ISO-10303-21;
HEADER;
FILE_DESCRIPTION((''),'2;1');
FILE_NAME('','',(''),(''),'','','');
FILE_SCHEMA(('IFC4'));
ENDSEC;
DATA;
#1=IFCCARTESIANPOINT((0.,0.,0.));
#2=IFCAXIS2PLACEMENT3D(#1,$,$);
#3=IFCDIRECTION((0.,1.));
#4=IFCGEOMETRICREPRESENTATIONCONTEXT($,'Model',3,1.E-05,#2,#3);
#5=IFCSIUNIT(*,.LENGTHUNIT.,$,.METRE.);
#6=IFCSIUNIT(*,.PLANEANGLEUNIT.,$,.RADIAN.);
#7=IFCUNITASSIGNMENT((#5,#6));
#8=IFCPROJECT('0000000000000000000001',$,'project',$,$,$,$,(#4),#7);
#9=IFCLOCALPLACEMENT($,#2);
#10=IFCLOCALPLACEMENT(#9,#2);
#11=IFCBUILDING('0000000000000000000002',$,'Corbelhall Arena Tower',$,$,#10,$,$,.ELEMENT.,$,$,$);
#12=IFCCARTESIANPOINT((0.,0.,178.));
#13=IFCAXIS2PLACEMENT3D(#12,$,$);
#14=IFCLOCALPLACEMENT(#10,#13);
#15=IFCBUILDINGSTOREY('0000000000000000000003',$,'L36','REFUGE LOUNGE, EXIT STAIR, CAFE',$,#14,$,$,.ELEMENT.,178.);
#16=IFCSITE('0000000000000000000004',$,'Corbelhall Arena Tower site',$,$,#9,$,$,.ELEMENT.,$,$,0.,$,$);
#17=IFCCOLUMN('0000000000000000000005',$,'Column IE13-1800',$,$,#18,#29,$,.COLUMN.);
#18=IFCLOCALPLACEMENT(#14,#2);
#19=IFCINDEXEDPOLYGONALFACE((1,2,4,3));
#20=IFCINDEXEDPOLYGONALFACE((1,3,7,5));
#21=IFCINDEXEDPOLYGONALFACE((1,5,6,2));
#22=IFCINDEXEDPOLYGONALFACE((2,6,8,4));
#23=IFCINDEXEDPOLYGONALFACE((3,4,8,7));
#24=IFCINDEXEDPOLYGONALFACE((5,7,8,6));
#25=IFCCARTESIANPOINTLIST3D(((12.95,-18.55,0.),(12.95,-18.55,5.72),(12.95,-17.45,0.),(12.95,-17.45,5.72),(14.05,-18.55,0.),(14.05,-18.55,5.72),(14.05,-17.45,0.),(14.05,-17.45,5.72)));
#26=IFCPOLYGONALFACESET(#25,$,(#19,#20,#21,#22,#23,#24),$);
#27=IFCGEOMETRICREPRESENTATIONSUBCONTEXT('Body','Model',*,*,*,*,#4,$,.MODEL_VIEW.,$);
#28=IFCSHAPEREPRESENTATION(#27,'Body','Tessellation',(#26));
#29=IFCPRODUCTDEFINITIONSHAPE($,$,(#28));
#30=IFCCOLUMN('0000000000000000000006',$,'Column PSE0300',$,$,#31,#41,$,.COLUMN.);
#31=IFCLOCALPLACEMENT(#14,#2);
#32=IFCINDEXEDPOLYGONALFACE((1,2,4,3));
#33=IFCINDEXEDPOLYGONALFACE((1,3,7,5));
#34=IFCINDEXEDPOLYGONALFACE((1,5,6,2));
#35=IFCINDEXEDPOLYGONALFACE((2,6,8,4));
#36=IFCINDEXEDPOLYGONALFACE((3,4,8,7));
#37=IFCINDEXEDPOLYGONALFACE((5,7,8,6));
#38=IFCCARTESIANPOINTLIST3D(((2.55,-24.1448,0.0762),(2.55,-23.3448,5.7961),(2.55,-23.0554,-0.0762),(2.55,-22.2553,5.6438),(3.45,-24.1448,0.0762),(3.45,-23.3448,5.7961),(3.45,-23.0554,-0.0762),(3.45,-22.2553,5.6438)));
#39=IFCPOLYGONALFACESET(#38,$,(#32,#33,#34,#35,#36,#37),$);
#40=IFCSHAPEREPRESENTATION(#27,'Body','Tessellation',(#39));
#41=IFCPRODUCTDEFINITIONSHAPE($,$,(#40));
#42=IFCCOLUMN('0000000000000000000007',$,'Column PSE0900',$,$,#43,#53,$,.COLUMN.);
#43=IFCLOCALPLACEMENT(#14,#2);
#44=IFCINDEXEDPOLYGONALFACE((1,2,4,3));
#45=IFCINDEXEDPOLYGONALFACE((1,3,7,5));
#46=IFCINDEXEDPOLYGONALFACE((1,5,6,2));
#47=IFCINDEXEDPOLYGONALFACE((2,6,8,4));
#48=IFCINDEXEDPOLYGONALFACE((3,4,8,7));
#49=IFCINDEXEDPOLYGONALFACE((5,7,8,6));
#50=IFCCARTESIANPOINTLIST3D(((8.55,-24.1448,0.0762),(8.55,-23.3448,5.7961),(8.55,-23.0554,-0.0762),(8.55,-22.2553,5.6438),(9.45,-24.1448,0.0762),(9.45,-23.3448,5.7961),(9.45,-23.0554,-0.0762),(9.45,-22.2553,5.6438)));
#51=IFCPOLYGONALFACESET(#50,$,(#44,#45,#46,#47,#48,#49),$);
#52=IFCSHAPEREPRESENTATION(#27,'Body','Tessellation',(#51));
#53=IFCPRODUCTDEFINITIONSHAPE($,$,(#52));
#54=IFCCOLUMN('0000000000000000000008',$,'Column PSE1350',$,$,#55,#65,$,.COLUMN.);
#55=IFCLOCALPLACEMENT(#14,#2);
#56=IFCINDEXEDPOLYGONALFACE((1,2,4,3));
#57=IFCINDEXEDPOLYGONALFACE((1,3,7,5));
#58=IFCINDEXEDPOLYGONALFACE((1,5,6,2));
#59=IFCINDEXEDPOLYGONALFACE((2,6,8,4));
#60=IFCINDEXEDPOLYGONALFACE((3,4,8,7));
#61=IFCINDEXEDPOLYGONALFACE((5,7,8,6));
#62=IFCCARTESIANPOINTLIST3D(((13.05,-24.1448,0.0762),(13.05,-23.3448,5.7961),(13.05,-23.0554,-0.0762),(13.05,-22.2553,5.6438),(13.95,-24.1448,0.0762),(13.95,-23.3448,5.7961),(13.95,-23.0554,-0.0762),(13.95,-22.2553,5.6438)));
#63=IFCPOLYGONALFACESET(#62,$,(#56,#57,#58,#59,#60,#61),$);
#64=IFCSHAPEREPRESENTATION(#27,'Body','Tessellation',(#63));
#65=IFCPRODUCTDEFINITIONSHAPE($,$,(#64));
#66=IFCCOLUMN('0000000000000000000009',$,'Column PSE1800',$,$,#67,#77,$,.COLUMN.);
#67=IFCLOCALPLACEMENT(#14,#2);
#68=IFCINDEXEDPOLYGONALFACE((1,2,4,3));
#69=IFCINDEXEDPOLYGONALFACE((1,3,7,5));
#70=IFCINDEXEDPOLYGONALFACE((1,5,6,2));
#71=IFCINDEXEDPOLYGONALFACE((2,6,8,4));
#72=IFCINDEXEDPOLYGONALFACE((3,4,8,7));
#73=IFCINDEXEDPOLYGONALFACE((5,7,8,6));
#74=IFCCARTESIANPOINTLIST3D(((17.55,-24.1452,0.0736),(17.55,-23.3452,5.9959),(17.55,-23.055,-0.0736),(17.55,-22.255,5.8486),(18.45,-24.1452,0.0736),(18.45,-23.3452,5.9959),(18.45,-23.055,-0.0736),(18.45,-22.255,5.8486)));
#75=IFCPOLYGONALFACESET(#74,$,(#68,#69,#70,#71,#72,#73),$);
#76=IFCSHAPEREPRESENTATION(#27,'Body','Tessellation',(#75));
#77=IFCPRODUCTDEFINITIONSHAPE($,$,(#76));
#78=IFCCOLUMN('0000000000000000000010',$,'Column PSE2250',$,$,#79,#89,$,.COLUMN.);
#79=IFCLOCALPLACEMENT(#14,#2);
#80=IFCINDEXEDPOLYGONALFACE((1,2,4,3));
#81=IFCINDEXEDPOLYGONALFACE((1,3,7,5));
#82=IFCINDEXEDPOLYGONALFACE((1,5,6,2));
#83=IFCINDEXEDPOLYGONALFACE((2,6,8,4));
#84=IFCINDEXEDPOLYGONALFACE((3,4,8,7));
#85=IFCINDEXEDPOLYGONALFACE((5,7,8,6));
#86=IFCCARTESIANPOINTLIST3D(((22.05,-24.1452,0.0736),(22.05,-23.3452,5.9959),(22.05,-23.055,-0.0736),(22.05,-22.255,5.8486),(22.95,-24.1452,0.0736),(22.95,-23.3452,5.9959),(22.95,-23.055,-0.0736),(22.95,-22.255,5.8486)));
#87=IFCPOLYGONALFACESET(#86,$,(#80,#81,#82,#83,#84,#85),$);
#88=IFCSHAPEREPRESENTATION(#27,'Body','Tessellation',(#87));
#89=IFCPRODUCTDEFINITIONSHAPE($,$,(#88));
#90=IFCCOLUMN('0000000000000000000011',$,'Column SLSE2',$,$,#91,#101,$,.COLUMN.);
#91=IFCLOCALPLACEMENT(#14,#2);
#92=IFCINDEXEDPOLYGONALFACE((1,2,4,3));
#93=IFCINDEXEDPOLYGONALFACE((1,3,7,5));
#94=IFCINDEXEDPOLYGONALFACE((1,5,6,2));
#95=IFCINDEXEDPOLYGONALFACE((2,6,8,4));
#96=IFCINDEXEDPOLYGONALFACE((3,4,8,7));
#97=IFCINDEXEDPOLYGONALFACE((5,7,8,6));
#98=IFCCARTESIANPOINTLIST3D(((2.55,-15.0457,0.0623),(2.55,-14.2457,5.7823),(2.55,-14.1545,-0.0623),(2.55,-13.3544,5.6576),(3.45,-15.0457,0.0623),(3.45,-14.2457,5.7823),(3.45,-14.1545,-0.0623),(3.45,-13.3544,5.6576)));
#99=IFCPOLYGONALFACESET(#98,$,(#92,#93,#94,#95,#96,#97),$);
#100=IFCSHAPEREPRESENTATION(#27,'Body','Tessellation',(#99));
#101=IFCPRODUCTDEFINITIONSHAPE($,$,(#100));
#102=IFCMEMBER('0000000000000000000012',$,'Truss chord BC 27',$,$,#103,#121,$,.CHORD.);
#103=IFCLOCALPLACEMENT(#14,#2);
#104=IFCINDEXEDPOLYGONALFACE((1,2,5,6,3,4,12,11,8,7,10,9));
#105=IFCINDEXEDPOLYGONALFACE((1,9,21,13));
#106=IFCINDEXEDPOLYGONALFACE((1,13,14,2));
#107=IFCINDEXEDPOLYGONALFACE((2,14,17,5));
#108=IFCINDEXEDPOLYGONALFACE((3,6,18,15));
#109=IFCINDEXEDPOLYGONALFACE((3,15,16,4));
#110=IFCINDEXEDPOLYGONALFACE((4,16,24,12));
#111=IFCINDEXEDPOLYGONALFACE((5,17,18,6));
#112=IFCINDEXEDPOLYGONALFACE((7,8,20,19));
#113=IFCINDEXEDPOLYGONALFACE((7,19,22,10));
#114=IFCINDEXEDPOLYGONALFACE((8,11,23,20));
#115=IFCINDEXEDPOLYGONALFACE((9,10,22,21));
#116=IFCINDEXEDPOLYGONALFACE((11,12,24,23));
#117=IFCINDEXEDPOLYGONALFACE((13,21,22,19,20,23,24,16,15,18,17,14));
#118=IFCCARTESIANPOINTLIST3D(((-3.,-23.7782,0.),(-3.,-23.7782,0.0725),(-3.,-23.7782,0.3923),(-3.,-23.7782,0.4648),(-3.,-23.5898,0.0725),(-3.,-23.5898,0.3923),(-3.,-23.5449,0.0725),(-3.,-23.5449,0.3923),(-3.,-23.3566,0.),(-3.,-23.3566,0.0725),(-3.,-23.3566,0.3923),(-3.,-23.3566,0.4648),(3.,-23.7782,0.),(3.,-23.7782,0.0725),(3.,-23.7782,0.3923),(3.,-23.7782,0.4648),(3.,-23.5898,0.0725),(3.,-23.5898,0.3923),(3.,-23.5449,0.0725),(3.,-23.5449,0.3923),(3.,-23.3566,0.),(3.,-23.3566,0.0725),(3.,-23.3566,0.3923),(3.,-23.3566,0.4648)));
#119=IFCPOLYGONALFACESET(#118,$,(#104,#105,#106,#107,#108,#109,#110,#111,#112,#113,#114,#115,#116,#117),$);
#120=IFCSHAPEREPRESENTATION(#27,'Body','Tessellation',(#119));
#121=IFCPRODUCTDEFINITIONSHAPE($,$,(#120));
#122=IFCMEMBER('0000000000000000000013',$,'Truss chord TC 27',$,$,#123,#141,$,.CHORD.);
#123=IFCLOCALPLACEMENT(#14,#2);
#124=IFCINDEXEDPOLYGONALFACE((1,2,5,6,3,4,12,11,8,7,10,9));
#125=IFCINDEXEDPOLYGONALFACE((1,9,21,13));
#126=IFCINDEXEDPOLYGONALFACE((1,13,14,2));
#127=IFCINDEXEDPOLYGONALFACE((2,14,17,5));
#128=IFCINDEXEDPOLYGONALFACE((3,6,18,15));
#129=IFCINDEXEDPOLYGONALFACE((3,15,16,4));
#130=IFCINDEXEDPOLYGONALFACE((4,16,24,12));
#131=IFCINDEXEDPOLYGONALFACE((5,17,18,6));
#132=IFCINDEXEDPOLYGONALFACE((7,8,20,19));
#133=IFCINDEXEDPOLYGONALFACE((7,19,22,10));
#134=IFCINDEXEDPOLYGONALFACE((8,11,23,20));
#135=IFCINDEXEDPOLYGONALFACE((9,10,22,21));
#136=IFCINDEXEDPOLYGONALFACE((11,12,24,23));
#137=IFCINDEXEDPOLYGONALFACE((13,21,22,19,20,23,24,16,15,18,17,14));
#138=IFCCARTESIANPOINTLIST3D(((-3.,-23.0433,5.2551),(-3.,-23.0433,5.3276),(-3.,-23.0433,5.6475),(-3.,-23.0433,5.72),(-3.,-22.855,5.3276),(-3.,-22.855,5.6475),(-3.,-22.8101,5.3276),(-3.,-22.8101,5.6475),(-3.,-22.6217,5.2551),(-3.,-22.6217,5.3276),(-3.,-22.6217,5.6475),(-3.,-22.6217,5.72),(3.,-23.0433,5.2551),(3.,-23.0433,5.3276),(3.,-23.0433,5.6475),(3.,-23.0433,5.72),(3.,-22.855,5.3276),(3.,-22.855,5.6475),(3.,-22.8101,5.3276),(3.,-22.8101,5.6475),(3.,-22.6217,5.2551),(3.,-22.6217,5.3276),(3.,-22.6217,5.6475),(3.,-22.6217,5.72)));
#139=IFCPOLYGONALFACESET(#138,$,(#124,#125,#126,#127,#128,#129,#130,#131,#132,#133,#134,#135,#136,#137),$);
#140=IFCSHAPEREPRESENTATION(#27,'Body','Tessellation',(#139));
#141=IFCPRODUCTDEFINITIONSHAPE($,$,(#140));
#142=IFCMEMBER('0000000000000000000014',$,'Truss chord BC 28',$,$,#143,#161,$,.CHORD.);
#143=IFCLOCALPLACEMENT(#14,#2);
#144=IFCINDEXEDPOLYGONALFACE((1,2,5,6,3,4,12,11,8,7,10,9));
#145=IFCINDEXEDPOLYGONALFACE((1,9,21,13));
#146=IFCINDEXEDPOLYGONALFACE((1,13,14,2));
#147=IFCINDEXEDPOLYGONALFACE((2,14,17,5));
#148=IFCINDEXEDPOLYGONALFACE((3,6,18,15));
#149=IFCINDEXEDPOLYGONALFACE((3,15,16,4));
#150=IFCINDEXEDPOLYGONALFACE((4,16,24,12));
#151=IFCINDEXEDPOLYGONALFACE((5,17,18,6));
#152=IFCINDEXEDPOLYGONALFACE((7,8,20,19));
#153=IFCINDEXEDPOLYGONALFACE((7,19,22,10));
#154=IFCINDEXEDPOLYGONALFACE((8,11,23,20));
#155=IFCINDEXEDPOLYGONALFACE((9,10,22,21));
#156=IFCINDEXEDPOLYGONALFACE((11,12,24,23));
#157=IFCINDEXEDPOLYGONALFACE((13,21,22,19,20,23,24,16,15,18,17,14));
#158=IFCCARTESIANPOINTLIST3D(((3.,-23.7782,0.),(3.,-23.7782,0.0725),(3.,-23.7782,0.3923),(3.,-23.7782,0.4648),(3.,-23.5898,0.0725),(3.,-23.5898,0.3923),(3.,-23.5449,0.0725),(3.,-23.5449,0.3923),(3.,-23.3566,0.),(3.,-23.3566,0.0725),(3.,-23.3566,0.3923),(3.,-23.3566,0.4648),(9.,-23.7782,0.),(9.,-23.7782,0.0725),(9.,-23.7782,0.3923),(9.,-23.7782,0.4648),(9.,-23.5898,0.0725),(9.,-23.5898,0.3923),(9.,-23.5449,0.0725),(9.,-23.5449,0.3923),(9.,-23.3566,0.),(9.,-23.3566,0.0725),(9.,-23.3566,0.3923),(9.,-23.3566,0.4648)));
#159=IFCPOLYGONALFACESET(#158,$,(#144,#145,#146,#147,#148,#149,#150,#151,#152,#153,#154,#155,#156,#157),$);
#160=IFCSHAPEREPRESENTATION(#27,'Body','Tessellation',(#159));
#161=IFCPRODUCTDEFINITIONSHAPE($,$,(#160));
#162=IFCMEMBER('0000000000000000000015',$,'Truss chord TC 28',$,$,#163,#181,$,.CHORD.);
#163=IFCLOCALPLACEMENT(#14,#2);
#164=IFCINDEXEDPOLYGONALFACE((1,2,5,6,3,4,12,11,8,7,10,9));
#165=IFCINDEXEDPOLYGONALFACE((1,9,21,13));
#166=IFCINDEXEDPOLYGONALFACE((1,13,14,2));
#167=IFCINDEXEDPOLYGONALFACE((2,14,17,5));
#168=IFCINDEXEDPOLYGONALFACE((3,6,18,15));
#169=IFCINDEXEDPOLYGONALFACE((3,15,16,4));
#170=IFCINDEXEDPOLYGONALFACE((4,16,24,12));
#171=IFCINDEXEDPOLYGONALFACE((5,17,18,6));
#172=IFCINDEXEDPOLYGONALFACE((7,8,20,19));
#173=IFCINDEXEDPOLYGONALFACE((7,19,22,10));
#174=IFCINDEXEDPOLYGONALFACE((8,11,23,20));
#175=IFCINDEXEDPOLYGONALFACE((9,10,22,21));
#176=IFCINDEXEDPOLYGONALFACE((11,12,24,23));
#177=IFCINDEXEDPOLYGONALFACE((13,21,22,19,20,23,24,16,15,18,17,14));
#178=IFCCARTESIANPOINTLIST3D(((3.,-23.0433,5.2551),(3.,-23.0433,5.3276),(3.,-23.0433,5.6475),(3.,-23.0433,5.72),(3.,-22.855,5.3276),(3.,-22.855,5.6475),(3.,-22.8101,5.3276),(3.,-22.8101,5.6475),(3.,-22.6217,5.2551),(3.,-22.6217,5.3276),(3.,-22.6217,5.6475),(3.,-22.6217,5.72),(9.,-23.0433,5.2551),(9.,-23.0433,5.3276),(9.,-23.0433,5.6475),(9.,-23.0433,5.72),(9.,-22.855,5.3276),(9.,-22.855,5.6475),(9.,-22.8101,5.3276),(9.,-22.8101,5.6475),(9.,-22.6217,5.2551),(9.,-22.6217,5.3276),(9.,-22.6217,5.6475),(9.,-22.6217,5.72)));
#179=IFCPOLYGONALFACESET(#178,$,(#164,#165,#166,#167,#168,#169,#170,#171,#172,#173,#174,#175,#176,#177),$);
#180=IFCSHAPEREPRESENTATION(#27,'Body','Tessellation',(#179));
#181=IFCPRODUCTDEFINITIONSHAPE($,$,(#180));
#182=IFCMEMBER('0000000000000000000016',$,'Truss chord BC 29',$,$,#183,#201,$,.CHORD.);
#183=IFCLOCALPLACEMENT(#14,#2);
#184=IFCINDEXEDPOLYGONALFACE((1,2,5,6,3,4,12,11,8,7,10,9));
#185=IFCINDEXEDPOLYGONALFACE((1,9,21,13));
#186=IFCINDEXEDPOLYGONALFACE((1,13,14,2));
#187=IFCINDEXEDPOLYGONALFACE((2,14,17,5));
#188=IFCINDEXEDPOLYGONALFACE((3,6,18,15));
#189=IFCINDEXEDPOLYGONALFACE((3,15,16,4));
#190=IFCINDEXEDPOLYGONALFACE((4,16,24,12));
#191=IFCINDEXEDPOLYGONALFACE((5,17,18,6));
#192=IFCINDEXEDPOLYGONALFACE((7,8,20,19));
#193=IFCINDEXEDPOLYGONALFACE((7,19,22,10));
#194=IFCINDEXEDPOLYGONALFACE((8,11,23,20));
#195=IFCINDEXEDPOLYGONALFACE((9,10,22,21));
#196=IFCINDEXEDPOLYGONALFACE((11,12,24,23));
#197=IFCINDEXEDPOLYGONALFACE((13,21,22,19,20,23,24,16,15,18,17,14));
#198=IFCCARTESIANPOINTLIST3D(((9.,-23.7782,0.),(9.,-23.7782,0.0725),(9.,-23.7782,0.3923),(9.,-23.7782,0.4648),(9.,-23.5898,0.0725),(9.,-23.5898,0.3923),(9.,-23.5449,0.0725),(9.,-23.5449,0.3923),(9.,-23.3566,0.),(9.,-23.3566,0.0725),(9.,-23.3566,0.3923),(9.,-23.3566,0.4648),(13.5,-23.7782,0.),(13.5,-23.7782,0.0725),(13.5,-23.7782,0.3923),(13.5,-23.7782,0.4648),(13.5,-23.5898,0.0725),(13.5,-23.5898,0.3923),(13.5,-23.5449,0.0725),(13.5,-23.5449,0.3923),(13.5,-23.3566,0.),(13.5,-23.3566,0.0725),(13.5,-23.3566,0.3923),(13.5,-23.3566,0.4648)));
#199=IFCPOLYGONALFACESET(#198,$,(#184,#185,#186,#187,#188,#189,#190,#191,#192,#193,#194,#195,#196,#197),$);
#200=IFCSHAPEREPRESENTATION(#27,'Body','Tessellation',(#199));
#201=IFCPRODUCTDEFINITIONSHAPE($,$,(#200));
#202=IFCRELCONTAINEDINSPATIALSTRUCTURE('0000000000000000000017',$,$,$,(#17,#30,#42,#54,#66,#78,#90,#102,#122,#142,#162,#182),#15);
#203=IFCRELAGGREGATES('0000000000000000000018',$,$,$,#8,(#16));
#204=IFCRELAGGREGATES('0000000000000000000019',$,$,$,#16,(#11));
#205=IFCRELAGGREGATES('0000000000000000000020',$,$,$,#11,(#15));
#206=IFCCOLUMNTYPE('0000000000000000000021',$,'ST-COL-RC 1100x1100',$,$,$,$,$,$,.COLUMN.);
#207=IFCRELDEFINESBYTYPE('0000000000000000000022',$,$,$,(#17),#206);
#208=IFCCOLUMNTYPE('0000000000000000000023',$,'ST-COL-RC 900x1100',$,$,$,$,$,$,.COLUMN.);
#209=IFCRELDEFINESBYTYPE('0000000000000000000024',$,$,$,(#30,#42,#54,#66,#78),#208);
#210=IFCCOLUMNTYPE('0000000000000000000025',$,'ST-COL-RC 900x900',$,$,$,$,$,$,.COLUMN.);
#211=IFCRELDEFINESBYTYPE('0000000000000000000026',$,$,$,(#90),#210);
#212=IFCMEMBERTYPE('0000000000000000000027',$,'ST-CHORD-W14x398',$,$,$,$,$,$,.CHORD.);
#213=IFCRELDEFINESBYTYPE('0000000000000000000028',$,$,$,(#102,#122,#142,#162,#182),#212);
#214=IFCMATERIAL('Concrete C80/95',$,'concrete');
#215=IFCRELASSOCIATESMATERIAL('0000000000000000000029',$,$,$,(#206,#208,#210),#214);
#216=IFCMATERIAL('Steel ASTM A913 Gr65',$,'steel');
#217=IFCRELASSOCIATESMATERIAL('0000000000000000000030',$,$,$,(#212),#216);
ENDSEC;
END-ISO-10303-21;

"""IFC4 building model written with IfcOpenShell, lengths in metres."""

from ifc_helpers import new_model, si_unit, direction, frame, origin, origin_2d, place, context, subcontext, project, spatial, rectangle, i_section, extrude, material, material_profile, profile_set, type_object, element, save


model = new_model("IFC4")

# Units and contexts
model_context = context("Model", 3, precision=1e-05, world=origin(), true_north=direction((0.0, 1.0)))
body_context = subcontext(model_context, "Body", "Model", "MODEL_VIEW")
ifc_project = project(units=[si_unit("LENGTHUNIT", "METRE"), si_unit("PLANEANGLEUNIT", "RADIAN")], contexts=[model_context])

# Site, building, storey
site_placement = place(None, origin())
site = spatial("IfcSite", under=ifc_project, at=site_placement, Name="Corbelhall Arena Tower site", CompositionType="ELEMENT", RefElevation=0.0)
building_placement = place(site_placement, origin())
building = spatial("IfcBuilding", under=site, at=building_placement, Name="Corbelhall Arena Tower", CompositionType="ELEMENT")
storey_placement = place(building_placement, frame((0.0, 0.0, 178.0)))
storey = spatial("IfcBuildingStorey", under=building, at=storey_placement, Name="L36", Description="REFUGE LOUNGE, EXIT STAIR, CAFE", CompositionType="ELEMENT", Elevation=178.0)

# Columns
ifc_material_1 = material(Name="Concrete C80/95", Category="concrete")
ifc_material_profile_1 = material_profile(ifc_material_1, rectangle(XDim=1.1001, YDim=1.1001, at=origin_2d()))
ifc_profile_set_1 = profile_set([ifc_material_profile_1], Name="Concrete C80/95")
column_type_1 = type_object("IfcColumnType", Name="ST-COL-RC 1100x1100", PredefinedType="COLUMN", material=ifc_profile_set_1)
column_1_placement = place(storey_placement, frame((13.5, -18.0, 0.0), z_axis=(0.0, 0.0, 1.0), x_axis=(1.0, 0.0, 0.0)))
element("IfcColumn", 1, at=column_1_placement, inside=storey, type_object=column_type_1, Name="Column IE13-1800", PredefinedType="COLUMN", context=body_context, shape_type="SweptSolid", body=[
    extrude(rectangle(XDim=1.1001, YDim=1.1001, at=origin_2d()), origin(), (0.0, 0.0, 1.0), 5.72),
])
ifc_material_profile_2 = material_profile(ifc_material_1, rectangle(XDim=0.8999, YDim=1.1001, at=origin_2d()))
ifc_profile_set_2 = profile_set([ifc_material_profile_2], Name="Concrete C80/95")
column_type_2 = type_object("IfcColumnType", Name="ST-COL-RC 900x1100", PredefinedType="COLUMN", material=ifc_profile_set_2)
for number, where, z_axis, x_axis, name in (
    (2, (3.0, -23.6001, 0.0), (0.0, 0.138521, 0.990359), (-1.0, 0.0, 0.0), "Column PSE0300"),
    (3, (9.0, -23.6001, 0.0), (0.0, 0.138521, 0.990359), (-1.0, 0.0, 0.0), "Column PSE0900"),
    (4, (13.5, -23.6001, 0.0), (0.0, 0.138521, 0.990359), (-1.0, 0.0, 0.0), "Column PSE1350"),
):
    element("IfcColumn", number, at=place(storey_placement, frame(where, z_axis=z_axis, x_axis=x_axis)), inside=storey, type_object=column_type_2, Name=name, PredefinedType="COLUMN", context=body_context, shape_type="SweptSolid", body=[
        extrude(rectangle(XDim=0.8999, YDim=1.1001, at=origin_2d()), origin(), (0.0, 0.0, 1.0), 5.7756),
    ])
for number, where, z_axis, x_axis, name in (
    (5, (18.0, -23.6001, 0.0), (0.0, 0.133873, 0.990998), (-1.0, 0.0, 0.0), "Column PSE1800"),
    (6, (22.5, -23.6001, 0.0), (0.0, 0.133873, 0.990998), (-1.0, 0.0, 0.0), "Column PSE2250"),
):
    element("IfcColumn", number, at=place(storey_placement, frame(where, z_axis=z_axis, x_axis=x_axis)), inside=storey, type_object=column_type_2, Name=name, PredefinedType="COLUMN", context=body_context, shape_type="SweptSolid", body=[
        extrude(rectangle(XDim=0.8999, YDim=1.1001, at=origin_2d()), origin(), (0.0, 0.0, 1.0), 5.9761),
    ])
ifc_material_profile_3 = material_profile(ifc_material_1, rectangle(XDim=0.8999, YDim=0.8999, at=origin_2d()))
ifc_profile_set_3 = profile_set([ifc_material_profile_3], Name="Concrete C80/95")
column_type_3 = type_object("IfcColumnType", Name="ST-COL-RC 900x900", PredefinedType="COLUMN", material=ifc_profile_set_3)
column_2_placement = place(storey_placement, frame((3.0, -14.6001, 0.0), z_axis=(0.0, 0.138521, 0.990359), x_axis=(-1.0, 0.0, 0.0)))
element("IfcColumn", 7, at=column_2_placement, inside=storey, type_object=column_type_3, Name="Column SLSE2", PredefinedType="COLUMN", context=body_context, shape_type="SweptSolid", body=[
    extrude(rectangle(XDim=0.8999, YDim=0.8999, at=origin_2d()), origin(), (0.0, 0.0, 1.0), 5.7756),
])

# Members
ifc_material_2 = material(Name="Steel ASTM A913 Gr65", Category="steel")
ifc_material_profile_4 = material_profile(ifc_material_2, i_section(OverallWidth=0.4216, OverallDepth=0.4648, WebThickness=0.0449, FlangeThickness=0.0725, at=origin_2d()))
ifc_profile_set_4 = profile_set([ifc_material_profile_4], Name="Steel ASTM A913 Gr65")
member_type_1 = type_object("IfcMemberType", Name="ST-CHORD-W14x398", PredefinedType="CHORD", material=ifc_profile_set_4)
for number, where, z_axis, x_axis, name in (
    (8, (3.0, -23.5674, 0.2324), (-1.0, 0.0, 0.0), (0.0, -1.0, 0.0), "Truss chord BC 27"),
    (9, (3.0, -22.8325, 5.4875), (-1.0, 0.0, 0.0), (0.0, -1.0, 0.0), "Truss chord TC 27"),
    (10, (9.0, -23.5674, 0.2324), (-1.0, 0.0, 0.0), (0.0, -1.0, 0.0), "Truss chord BC 28"),
    (11, (9.0, -22.8325, 5.4875), (-1.0, 0.0, 0.0), (0.0, -1.0, 0.0), "Truss chord TC 28"),
):
    element("IfcMember", number, at=place(storey_placement, frame(where, z_axis=z_axis, x_axis=x_axis)), inside=storey, type_object=member_type_1, Name=name, PredefinedType="CHORD", context=body_context, shape_type="SweptSolid", body=[
        extrude(i_section(OverallWidth=0.4216, OverallDepth=0.4648, WebThickness=0.0449, FlangeThickness=0.0725, at=origin_2d()), origin(), (0.0, 0.0, 1.0), 6.0),
    ])
for number, where, z_axis, x_axis, name in (
    (12, (13.5, -23.5674, 0.2324), (-1.0, 0.0, 0.0), (0.0, -1.0, 0.0), "Truss chord BC 29"),
):
    element("IfcMember", number, at=place(storey_placement, frame(where, z_axis=z_axis, x_axis=x_axis)), inside=storey, type_object=member_type_1, Name=name, PredefinedType="CHORD", context=body_context, shape_type="SweptSolid", body=[
        extrude(i_section(OverallWidth=0.4216, OverallDepth=0.4648, WebThickness=0.0449, FlangeThickness=0.0725, at=origin_2d()), origin(), (0.0, 0.0, 1.0), 4.5),
    ])

save(model, "model.ifc")
